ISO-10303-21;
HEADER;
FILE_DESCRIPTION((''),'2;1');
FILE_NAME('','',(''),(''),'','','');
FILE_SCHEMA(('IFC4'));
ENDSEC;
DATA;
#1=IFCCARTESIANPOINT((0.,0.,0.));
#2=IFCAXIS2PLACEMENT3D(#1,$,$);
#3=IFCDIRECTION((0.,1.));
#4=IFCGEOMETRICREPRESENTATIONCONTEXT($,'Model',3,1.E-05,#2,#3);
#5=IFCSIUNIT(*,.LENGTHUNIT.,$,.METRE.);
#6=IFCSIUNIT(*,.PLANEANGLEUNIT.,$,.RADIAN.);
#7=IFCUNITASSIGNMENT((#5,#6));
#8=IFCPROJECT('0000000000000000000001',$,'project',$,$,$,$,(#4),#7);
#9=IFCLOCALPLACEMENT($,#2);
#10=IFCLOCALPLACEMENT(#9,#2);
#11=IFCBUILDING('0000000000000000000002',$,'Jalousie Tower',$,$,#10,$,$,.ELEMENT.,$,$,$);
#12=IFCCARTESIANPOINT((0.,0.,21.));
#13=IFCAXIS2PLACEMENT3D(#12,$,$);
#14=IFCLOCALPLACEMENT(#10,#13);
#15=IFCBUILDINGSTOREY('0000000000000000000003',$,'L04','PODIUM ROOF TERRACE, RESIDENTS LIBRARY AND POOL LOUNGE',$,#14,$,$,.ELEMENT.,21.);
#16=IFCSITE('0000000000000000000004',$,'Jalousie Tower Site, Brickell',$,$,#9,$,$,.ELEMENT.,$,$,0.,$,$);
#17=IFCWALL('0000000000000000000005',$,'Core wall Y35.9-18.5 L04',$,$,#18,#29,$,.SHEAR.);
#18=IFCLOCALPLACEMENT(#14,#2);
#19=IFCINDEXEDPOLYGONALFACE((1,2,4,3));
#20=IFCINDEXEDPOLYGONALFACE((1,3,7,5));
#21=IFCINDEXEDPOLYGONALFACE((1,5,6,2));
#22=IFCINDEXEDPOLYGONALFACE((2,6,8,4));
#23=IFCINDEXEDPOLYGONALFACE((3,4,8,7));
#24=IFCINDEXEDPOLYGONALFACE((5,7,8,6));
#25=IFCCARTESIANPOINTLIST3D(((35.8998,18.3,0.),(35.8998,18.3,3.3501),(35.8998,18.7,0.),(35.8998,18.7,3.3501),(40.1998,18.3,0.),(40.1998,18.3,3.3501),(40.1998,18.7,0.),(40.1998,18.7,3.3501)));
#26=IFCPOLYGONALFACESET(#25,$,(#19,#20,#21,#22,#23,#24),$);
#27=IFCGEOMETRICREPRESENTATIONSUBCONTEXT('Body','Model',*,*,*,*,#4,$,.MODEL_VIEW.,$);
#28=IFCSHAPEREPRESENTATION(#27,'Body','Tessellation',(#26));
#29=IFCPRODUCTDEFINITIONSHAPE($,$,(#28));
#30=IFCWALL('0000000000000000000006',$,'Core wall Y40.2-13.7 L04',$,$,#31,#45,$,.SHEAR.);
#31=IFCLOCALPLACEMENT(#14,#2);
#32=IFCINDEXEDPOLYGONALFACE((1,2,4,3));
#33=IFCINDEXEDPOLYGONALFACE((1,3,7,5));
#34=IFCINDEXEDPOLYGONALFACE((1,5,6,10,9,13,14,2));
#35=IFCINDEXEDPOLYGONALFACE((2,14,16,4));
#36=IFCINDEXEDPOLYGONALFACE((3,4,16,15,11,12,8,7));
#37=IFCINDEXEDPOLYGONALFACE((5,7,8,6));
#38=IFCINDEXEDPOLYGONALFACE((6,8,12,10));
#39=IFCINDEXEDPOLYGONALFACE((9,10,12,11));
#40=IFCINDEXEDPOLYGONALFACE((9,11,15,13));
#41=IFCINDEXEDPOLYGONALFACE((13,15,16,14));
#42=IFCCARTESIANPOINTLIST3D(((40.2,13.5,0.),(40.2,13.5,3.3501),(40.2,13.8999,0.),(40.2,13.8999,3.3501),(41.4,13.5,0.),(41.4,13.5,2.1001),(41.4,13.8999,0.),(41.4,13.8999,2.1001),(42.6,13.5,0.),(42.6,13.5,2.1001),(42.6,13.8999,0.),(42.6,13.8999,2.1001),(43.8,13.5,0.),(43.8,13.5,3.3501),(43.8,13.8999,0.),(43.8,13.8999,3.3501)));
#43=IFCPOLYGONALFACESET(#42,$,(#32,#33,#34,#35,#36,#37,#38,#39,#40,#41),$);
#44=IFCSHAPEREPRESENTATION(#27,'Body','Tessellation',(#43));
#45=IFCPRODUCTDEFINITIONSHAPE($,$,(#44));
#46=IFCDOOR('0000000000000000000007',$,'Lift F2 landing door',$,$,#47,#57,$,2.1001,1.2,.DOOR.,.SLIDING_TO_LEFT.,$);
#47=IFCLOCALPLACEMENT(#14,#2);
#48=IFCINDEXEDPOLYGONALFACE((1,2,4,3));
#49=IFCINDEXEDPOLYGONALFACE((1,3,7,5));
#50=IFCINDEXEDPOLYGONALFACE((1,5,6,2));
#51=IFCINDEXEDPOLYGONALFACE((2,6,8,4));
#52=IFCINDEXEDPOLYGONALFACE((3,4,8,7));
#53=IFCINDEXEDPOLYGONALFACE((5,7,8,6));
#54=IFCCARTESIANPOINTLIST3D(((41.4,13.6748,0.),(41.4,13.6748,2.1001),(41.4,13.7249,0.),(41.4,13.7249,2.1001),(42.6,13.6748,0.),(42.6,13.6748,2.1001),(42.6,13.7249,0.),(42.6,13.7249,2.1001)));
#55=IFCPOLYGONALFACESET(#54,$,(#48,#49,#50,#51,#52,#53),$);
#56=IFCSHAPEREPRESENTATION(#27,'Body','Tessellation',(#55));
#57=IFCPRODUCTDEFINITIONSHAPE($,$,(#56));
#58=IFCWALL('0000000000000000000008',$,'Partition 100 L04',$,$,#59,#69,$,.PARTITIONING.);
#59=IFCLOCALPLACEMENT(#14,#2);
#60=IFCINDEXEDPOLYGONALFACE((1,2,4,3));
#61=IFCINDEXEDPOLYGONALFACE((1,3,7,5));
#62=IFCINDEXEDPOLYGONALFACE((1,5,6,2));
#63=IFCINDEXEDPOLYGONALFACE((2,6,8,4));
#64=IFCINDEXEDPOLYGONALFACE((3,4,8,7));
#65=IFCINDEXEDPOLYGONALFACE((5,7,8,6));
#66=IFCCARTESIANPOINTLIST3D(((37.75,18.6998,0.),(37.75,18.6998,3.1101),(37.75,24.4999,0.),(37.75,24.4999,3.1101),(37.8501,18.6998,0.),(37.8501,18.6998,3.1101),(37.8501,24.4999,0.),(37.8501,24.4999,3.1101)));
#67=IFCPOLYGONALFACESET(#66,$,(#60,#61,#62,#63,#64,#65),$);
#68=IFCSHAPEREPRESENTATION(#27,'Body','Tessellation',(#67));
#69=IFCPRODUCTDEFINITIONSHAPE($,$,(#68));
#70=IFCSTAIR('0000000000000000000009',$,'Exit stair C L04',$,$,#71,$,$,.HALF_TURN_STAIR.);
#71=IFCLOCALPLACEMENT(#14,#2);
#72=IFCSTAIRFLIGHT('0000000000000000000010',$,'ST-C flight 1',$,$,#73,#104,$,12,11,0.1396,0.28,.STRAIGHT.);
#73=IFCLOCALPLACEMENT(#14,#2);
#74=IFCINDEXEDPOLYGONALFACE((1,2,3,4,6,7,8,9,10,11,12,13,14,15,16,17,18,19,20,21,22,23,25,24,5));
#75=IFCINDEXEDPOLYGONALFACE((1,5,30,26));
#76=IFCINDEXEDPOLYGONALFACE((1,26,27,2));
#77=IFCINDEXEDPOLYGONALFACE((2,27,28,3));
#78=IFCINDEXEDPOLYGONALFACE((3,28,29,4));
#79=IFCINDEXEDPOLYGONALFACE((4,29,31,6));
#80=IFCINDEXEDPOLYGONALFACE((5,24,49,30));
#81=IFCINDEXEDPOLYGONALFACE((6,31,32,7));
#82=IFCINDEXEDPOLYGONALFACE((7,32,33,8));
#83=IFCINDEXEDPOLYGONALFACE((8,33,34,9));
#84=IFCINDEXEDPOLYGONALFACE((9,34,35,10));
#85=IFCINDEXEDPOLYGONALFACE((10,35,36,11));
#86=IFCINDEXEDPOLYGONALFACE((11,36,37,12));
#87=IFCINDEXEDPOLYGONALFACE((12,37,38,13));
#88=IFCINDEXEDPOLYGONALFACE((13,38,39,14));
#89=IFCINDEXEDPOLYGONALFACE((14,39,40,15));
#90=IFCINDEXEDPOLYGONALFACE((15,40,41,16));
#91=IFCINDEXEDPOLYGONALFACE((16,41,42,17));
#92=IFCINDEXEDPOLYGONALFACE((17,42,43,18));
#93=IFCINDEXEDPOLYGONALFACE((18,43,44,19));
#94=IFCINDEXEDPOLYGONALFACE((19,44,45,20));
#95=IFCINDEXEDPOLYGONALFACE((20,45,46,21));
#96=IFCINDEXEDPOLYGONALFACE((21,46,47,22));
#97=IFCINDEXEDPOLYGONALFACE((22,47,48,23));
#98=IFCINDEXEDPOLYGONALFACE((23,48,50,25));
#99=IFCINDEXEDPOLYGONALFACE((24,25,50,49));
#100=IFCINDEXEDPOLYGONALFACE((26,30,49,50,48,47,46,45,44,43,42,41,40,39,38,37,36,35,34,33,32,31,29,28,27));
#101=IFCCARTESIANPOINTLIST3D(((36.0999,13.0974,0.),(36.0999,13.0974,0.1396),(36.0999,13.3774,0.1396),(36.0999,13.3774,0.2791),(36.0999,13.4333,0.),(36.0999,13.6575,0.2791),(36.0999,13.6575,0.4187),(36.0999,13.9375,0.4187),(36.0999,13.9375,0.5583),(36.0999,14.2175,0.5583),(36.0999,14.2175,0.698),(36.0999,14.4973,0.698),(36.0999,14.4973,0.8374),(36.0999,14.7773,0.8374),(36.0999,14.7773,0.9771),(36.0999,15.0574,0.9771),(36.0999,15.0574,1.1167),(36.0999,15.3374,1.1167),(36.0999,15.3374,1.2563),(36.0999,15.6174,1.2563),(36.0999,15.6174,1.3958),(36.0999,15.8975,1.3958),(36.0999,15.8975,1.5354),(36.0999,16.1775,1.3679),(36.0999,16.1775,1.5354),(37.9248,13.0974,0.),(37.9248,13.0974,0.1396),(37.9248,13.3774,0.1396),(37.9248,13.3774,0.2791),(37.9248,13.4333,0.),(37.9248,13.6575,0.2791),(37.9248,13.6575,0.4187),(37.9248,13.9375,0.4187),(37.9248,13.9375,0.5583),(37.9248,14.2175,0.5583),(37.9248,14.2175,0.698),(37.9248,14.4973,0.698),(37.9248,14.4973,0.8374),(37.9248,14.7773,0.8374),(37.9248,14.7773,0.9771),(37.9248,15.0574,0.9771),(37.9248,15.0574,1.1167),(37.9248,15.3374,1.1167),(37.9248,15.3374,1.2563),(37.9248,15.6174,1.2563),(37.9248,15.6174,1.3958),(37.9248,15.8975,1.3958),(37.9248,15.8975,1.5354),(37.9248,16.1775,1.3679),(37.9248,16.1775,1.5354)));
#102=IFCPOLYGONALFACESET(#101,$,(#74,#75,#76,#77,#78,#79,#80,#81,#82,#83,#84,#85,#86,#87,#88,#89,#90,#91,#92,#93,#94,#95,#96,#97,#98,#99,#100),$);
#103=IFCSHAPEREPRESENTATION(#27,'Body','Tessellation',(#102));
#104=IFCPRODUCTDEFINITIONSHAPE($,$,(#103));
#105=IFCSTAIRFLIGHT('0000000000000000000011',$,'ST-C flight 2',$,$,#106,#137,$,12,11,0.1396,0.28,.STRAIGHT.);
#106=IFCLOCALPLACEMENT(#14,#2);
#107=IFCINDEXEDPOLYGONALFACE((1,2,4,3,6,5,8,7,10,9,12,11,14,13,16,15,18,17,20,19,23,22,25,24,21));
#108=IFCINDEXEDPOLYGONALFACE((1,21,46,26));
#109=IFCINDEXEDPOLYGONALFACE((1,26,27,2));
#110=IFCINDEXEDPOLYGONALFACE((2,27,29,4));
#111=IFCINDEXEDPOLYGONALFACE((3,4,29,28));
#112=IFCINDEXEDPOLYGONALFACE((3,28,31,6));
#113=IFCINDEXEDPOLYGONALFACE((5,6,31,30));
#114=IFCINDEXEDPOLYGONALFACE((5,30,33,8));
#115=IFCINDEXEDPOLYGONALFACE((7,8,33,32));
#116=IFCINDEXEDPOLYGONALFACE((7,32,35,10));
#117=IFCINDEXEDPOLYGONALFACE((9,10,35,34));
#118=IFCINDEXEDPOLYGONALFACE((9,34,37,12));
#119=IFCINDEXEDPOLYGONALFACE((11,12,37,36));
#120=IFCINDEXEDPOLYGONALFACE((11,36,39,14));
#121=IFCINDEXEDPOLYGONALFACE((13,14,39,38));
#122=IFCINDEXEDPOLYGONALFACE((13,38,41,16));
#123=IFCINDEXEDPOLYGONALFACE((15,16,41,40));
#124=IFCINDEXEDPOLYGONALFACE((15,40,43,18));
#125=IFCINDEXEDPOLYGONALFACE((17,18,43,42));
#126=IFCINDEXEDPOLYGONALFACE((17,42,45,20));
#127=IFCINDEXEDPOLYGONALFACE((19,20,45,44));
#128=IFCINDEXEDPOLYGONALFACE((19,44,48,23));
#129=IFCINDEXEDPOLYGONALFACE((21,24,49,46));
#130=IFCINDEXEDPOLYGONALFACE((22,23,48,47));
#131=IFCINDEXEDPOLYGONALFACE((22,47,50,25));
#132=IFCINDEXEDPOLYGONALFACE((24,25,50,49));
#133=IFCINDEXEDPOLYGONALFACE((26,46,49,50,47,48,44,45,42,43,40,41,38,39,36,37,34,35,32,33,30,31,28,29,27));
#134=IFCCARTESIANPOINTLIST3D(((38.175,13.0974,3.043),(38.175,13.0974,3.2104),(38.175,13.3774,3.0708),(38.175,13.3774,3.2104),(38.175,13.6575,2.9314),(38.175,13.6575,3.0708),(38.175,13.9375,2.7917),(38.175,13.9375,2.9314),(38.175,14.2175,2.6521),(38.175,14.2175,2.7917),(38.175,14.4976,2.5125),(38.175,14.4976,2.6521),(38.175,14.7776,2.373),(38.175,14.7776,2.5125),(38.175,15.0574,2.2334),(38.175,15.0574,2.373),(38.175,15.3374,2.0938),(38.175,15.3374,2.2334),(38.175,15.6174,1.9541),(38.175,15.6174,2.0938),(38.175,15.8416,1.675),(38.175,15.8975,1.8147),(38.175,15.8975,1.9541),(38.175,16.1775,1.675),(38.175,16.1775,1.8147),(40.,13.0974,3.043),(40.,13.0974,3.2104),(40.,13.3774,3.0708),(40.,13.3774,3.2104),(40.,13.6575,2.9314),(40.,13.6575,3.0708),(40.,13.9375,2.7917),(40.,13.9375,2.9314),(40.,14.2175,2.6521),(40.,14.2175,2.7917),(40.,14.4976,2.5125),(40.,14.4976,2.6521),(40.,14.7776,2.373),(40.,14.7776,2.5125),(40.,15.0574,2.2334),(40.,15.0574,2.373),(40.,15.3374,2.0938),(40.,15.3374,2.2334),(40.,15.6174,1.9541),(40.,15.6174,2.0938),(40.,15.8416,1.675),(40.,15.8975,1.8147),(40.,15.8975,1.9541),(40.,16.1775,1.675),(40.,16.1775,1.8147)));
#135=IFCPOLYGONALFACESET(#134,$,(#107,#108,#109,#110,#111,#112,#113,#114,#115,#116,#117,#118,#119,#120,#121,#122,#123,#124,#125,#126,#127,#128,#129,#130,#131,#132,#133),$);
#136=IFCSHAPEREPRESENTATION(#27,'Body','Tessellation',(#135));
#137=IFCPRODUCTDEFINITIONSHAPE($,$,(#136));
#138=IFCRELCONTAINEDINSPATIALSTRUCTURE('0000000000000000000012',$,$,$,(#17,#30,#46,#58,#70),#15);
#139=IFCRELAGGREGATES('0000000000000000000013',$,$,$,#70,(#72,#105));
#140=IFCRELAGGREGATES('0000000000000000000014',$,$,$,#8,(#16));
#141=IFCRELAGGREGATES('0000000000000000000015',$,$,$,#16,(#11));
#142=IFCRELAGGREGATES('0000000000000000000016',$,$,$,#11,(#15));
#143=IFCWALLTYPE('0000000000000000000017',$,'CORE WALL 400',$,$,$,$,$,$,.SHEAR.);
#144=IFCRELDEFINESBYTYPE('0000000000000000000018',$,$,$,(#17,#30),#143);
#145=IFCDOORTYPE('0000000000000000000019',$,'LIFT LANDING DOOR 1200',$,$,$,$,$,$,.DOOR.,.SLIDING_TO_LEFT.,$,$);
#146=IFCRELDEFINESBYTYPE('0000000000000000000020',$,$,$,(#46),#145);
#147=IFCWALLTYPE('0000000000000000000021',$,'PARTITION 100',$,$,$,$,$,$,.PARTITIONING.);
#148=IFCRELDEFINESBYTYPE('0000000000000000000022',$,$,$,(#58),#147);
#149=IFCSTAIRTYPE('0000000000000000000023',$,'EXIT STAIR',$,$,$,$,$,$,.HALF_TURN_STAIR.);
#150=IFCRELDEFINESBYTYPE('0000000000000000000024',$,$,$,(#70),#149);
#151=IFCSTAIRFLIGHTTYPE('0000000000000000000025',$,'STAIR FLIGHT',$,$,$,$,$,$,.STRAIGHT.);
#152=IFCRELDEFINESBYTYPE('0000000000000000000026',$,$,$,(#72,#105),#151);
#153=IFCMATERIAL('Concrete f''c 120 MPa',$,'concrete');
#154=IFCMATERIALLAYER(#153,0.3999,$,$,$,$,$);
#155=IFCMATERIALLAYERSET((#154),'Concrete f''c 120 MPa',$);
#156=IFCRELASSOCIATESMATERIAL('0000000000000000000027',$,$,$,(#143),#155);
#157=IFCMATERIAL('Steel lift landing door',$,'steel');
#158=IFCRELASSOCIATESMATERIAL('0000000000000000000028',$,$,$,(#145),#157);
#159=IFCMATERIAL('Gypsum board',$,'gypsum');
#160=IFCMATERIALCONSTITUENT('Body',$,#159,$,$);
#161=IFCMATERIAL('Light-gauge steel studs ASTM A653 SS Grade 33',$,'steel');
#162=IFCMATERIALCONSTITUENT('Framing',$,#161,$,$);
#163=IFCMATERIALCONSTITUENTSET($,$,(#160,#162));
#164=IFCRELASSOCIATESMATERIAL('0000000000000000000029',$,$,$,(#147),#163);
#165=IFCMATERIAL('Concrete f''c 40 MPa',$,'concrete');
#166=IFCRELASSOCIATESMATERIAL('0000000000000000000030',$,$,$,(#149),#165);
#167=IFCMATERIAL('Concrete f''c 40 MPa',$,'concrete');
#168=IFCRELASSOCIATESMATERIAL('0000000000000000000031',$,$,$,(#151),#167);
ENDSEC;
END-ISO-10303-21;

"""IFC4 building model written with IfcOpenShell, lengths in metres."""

from ifc_helpers import new_model, si_unit, direction, frame, frame_2d, origin, place, context, subcontext, project, spatial, polyline, rectangle, outline, extrude, material, layer, layer_set, constituent, constituent_set, type_object, element, fill, aggregate, save


model = new_model("IFC4")

# Units and contexts
model_context = context("Model", 3, precision=1e-05, world=origin(), true_north=direction((0.0, 1.0)))
body_context = subcontext(model_context, "Body", "Model", "MODEL_VIEW")
ifc_project = project(units=[si_unit("LENGTHUNIT", "METRE"), si_unit("PLANEANGLEUNIT", "RADIAN")], contexts=[model_context])

# Site, building, storey
site_placement = place(None, origin())
site = spatial("IfcSite", under=ifc_project, at=site_placement, Name="Jalousie Tower Site, Brickell", CompositionType="ELEMENT", RefElevation=0.0)
building_placement = place(site_placement, origin())
building = spatial("IfcBuilding", under=site, at=building_placement, Name="Jalousie Tower", CompositionType="ELEMENT")
storey_placement = place(building_placement, frame((0.0, 0.0, 21.0)))
storey = spatial("IfcBuildingStorey", under=building, at=storey_placement, Name="L04", Description="PODIUM ROOF TERRACE, RESIDENTS LIBRARY AND POOL LOUNGE", CompositionType="ELEMENT", Elevation=21.0)

# Shared definitions
ifc_material_1 = material(Name="Concrete f'c 120 MPa", Category="concrete")
ifc_layer_1 = layer(ifc_material_1, 0.3999)
ifc_layer_set_1 = layer_set([ifc_layer_1], Name="Concrete f'c 120 MPa")
wall_type_1 = type_object("IfcWallType", Name="CORE WALL 400", PredefinedType="SHEAR", material=ifc_layer_set_1)

# Wall
wall_1_placement = place(storey_placement, frame((35.8999, 18.5, 0.0), z_axis=(0.0, 0.0, 1.0), x_axis=(1.0, 0.0, 0.0)))
element("IfcWall", 1, at=wall_1_placement, inside=storey, type_object=wall_type_1, Name="Core wall Y35.9-18.5 L04", PredefinedType="SHEAR", context=body_context, shape_type="SweptSolid", body=[
    extrude(rectangle(XDim=4.3, YDim=0.3999, at=frame_2d((2.1499, 0.0))), origin(), (0.0, 0.0, 1.0), 3.3501),
])

# Wall, opening, door
wall_2_placement = place(storey_placement, frame((40.2, 13.7, 0.0), z_axis=(0.0, 0.0, 1.0), x_axis=(1.0, 0.0, 0.0)))
wall_2 = element("IfcWall", 2, at=wall_2_placement, inside=storey, type_object=wall_type_1, Name="Core wall Y40.2-13.7 L04", PredefinedType="SHEAR", context=body_context, shape_type="SweptSolid", body=[
    extrude(rectangle(XDim=3.6001, YDim=0.3999, at=frame_2d((1.8, 0.0))), origin(), (0.0, 0.0, 1.0), 3.3501),
])
opening_1_placement = place(wall_2_placement, frame((1.2, 0.0, 0.0)))
opening_1 = element("IfcOpeningElement", 3, at=opening_1_placement, cuts=wall_2, PredefinedType="OPENING", context=body_context, shape_type="SweptSolid", body=[
    extrude(rectangle(XDim=1.2, YDim=2.1001, at=frame_2d((0.6001, 1.05))), frame((0.0, 0.21, 0.0), z_axis=(0.0, -1.0, 0.0), x_axis=(1.0, 0.0, 0.0)), (0.0, 0.0, 1.0), 0.4199),
])
ifc_material_2 = material(Name="Steel lift landing door", Category="steel")
door_type_1 = type_object("IfcDoorType", Name="LIFT LANDING DOOR 1200", OperationType="SLIDING_TO_LEFT", PredefinedType="DOOR", material=ifc_material_2)
door_1_placement = place(opening_1_placement, origin())
door_1 = element("IfcDoor", 4, at=door_1_placement, inside=storey, type_object=door_type_1, Name="Lift F2 landing door", OperationType="SLIDING_TO_LEFT", OverallHeight=2.1001, OverallWidth=1.2, PredefinedType="DOOR", context=body_context, shape_type="SweptSolid", body=[
    extrude(rectangle(XDim=1.2, YDim=2.1001, at=frame_2d((0.6001, 1.05))), frame((0.0, 0.0249, 0.0), z_axis=(0.0, -1.0, 0.0), x_axis=(1.0, 0.0, 0.0)), (0.0, 0.0, 1.0), 0.05),
])
fill(opening_1, door_1)

# Wall
ifc_material_3 = material(Name="Gypsum board", Category="gypsum")
ifc_constituent_1 = constituent(ifc_material_3, Name="Body")
ifc_material_4 = material(Name="Light-gauge steel studs ASTM A653 SS Grade 33", Category="steel")
ifc_constituent_2 = constituent(ifc_material_4, Name="Framing")
ifc_constituent_set_1 = constituent_set(constituents=[ifc_constituent_1, ifc_constituent_2])
wall_type_2 = type_object("IfcWallType", Name="PARTITION 100", PredefinedType="PARTITIONING", material=ifc_constituent_set_1)
wall_3_placement = place(storey_placement, frame((37.8, 18.7, 0.0), z_axis=(0.0, 0.0, 1.0), x_axis=(0.0, 1.0, 0.0)))
element("IfcWall", 5, at=wall_3_placement, inside=storey, type_object=wall_type_2, Name="Partition 100 L04", PredefinedType="PARTITIONING", context=body_context, shape_type="SweptSolid", body=[
    extrude(rectangle(XDim=5.8, YDim=0.1001, at=frame_2d((2.8999, 0.0))), origin(), (0.0, 0.0, 1.0), 3.1101),
])

# Stair, stair flights
ifc_material_5 = material(Name="Concrete f'c 40 MPa", Category="concrete")
stair_type = type_object("IfcStairType", Name="EXIT STAIR", PredefinedType="HALF_TURN_STAIR", material=ifc_material_5)
stair_placement = place(storey_placement, origin())
stair = element("IfcStair", 6, at=stair_placement, inside=storey, type_object=stair_type, Name="Exit stair C L04", PredefinedType="HALF_TURN_STAIR")
ifc_material_6 = material(Name="Concrete f'c 40 MPa", Category="concrete")
stair_flight_type = type_object("IfcStairFlightType", Name="STAIR FLIGHT", PredefinedType="STRAIGHT", material=ifc_material_6)
stair_flight_1_placement = place(storey_placement, frame((37.0125, 13.0974, 0.0), z_axis=(0.0, 0.0, 1.0), x_axis=(0.0, 1.0, 0.0)))
stair_flight_1 = element("IfcStairFlight", 7, at=stair_flight_1_placement, type_object=stair_flight_type, Name="ST-C flight 1", NumberOfRisers=12, NumberOfTreads=11, PredefinedType="STRAIGHT", RiserHeight=0.1396, TreadLength=0.28, context=body_context, shape_type="SweptSolid", body=[
    extrude(outline(polyline([(0.0, 0.0), (0.0, 0.1396), (0.28, 0.1396), (0.28, 0.2791), (0.5601, 0.2791), (0.5601, 0.4187), (0.8401, 0.4187), (0.8401, 0.5583), (1.1201, 0.5583), (1.1201, 0.698), (1.3999, 0.698), (1.3999, 0.8374), (1.6799, 0.8374), (1.6799, 0.9771), (1.96, 0.9771), (1.96, 1.1167), (2.24, 1.1167), (2.24, 1.2563), (2.52, 1.2563), (2.52, 1.3958), (2.8, 1.3958), (2.8, 1.5354), (3.0801, 1.5354), (3.0801, 1.675), (3.0801, 1.3679), (0.3359, 0.0), (0.0, 0.0)])), frame((0.0, 0.9126, 0.0), z_axis=(0.0, -1.0, 0.0), x_axis=(1.0, 0.0, 0.0)), (0.0, 0.0, 1.0), 1.825),
])
stair_flight_2_placement = place(storey_placement, frame((39.0874, 16.1775, 1.675), z_axis=(0.0, 0.0, 1.0), x_axis=(0.0, -1.0, 0.0)))
stair_flight_2 = element("IfcStairFlight", 8, at=stair_flight_2_placement, type_object=stair_flight_type, Name="ST-C flight 2", NumberOfRisers=12, NumberOfTreads=11, PredefinedType="STRAIGHT", RiserHeight=0.1396, TreadLength=0.28, context=body_context, shape_type="SweptSolid", body=[
    extrude(outline(polyline([(0.0, 0.0), (0.0, 0.1396), (0.28, 0.1396), (0.28, 0.2791), (0.5601, 0.2791), (0.5601, 0.4187), (0.8401, 0.4187), (0.8401, 0.5583), (1.1201, 0.5583), (1.1201, 0.698), (1.3999, 0.698), (1.3999, 0.8374), (1.6799, 0.8374), (1.6799, 0.9771), (1.96, 0.9771), (1.96, 1.1167), (2.24, 1.1167), (2.24, 1.2563), (2.52, 1.2563), (2.52, 1.3958), (2.8, 1.3958), (2.8, 1.5354), (3.0801, 1.5354), (3.0801, 1.675), (3.0801, 1.3679), (0.3359, 0.0), (0.0, 0.0)])), frame((0.0, 0.9126, 0.0), z_axis=(0.0, -1.0, 0.0), x_axis=(1.0, 0.0, 0.0)), (0.0, 0.0, 1.0), 1.825),
])
aggregate(stair, [stair_flight_1, stair_flight_2])

save(model, "model.ifc")
